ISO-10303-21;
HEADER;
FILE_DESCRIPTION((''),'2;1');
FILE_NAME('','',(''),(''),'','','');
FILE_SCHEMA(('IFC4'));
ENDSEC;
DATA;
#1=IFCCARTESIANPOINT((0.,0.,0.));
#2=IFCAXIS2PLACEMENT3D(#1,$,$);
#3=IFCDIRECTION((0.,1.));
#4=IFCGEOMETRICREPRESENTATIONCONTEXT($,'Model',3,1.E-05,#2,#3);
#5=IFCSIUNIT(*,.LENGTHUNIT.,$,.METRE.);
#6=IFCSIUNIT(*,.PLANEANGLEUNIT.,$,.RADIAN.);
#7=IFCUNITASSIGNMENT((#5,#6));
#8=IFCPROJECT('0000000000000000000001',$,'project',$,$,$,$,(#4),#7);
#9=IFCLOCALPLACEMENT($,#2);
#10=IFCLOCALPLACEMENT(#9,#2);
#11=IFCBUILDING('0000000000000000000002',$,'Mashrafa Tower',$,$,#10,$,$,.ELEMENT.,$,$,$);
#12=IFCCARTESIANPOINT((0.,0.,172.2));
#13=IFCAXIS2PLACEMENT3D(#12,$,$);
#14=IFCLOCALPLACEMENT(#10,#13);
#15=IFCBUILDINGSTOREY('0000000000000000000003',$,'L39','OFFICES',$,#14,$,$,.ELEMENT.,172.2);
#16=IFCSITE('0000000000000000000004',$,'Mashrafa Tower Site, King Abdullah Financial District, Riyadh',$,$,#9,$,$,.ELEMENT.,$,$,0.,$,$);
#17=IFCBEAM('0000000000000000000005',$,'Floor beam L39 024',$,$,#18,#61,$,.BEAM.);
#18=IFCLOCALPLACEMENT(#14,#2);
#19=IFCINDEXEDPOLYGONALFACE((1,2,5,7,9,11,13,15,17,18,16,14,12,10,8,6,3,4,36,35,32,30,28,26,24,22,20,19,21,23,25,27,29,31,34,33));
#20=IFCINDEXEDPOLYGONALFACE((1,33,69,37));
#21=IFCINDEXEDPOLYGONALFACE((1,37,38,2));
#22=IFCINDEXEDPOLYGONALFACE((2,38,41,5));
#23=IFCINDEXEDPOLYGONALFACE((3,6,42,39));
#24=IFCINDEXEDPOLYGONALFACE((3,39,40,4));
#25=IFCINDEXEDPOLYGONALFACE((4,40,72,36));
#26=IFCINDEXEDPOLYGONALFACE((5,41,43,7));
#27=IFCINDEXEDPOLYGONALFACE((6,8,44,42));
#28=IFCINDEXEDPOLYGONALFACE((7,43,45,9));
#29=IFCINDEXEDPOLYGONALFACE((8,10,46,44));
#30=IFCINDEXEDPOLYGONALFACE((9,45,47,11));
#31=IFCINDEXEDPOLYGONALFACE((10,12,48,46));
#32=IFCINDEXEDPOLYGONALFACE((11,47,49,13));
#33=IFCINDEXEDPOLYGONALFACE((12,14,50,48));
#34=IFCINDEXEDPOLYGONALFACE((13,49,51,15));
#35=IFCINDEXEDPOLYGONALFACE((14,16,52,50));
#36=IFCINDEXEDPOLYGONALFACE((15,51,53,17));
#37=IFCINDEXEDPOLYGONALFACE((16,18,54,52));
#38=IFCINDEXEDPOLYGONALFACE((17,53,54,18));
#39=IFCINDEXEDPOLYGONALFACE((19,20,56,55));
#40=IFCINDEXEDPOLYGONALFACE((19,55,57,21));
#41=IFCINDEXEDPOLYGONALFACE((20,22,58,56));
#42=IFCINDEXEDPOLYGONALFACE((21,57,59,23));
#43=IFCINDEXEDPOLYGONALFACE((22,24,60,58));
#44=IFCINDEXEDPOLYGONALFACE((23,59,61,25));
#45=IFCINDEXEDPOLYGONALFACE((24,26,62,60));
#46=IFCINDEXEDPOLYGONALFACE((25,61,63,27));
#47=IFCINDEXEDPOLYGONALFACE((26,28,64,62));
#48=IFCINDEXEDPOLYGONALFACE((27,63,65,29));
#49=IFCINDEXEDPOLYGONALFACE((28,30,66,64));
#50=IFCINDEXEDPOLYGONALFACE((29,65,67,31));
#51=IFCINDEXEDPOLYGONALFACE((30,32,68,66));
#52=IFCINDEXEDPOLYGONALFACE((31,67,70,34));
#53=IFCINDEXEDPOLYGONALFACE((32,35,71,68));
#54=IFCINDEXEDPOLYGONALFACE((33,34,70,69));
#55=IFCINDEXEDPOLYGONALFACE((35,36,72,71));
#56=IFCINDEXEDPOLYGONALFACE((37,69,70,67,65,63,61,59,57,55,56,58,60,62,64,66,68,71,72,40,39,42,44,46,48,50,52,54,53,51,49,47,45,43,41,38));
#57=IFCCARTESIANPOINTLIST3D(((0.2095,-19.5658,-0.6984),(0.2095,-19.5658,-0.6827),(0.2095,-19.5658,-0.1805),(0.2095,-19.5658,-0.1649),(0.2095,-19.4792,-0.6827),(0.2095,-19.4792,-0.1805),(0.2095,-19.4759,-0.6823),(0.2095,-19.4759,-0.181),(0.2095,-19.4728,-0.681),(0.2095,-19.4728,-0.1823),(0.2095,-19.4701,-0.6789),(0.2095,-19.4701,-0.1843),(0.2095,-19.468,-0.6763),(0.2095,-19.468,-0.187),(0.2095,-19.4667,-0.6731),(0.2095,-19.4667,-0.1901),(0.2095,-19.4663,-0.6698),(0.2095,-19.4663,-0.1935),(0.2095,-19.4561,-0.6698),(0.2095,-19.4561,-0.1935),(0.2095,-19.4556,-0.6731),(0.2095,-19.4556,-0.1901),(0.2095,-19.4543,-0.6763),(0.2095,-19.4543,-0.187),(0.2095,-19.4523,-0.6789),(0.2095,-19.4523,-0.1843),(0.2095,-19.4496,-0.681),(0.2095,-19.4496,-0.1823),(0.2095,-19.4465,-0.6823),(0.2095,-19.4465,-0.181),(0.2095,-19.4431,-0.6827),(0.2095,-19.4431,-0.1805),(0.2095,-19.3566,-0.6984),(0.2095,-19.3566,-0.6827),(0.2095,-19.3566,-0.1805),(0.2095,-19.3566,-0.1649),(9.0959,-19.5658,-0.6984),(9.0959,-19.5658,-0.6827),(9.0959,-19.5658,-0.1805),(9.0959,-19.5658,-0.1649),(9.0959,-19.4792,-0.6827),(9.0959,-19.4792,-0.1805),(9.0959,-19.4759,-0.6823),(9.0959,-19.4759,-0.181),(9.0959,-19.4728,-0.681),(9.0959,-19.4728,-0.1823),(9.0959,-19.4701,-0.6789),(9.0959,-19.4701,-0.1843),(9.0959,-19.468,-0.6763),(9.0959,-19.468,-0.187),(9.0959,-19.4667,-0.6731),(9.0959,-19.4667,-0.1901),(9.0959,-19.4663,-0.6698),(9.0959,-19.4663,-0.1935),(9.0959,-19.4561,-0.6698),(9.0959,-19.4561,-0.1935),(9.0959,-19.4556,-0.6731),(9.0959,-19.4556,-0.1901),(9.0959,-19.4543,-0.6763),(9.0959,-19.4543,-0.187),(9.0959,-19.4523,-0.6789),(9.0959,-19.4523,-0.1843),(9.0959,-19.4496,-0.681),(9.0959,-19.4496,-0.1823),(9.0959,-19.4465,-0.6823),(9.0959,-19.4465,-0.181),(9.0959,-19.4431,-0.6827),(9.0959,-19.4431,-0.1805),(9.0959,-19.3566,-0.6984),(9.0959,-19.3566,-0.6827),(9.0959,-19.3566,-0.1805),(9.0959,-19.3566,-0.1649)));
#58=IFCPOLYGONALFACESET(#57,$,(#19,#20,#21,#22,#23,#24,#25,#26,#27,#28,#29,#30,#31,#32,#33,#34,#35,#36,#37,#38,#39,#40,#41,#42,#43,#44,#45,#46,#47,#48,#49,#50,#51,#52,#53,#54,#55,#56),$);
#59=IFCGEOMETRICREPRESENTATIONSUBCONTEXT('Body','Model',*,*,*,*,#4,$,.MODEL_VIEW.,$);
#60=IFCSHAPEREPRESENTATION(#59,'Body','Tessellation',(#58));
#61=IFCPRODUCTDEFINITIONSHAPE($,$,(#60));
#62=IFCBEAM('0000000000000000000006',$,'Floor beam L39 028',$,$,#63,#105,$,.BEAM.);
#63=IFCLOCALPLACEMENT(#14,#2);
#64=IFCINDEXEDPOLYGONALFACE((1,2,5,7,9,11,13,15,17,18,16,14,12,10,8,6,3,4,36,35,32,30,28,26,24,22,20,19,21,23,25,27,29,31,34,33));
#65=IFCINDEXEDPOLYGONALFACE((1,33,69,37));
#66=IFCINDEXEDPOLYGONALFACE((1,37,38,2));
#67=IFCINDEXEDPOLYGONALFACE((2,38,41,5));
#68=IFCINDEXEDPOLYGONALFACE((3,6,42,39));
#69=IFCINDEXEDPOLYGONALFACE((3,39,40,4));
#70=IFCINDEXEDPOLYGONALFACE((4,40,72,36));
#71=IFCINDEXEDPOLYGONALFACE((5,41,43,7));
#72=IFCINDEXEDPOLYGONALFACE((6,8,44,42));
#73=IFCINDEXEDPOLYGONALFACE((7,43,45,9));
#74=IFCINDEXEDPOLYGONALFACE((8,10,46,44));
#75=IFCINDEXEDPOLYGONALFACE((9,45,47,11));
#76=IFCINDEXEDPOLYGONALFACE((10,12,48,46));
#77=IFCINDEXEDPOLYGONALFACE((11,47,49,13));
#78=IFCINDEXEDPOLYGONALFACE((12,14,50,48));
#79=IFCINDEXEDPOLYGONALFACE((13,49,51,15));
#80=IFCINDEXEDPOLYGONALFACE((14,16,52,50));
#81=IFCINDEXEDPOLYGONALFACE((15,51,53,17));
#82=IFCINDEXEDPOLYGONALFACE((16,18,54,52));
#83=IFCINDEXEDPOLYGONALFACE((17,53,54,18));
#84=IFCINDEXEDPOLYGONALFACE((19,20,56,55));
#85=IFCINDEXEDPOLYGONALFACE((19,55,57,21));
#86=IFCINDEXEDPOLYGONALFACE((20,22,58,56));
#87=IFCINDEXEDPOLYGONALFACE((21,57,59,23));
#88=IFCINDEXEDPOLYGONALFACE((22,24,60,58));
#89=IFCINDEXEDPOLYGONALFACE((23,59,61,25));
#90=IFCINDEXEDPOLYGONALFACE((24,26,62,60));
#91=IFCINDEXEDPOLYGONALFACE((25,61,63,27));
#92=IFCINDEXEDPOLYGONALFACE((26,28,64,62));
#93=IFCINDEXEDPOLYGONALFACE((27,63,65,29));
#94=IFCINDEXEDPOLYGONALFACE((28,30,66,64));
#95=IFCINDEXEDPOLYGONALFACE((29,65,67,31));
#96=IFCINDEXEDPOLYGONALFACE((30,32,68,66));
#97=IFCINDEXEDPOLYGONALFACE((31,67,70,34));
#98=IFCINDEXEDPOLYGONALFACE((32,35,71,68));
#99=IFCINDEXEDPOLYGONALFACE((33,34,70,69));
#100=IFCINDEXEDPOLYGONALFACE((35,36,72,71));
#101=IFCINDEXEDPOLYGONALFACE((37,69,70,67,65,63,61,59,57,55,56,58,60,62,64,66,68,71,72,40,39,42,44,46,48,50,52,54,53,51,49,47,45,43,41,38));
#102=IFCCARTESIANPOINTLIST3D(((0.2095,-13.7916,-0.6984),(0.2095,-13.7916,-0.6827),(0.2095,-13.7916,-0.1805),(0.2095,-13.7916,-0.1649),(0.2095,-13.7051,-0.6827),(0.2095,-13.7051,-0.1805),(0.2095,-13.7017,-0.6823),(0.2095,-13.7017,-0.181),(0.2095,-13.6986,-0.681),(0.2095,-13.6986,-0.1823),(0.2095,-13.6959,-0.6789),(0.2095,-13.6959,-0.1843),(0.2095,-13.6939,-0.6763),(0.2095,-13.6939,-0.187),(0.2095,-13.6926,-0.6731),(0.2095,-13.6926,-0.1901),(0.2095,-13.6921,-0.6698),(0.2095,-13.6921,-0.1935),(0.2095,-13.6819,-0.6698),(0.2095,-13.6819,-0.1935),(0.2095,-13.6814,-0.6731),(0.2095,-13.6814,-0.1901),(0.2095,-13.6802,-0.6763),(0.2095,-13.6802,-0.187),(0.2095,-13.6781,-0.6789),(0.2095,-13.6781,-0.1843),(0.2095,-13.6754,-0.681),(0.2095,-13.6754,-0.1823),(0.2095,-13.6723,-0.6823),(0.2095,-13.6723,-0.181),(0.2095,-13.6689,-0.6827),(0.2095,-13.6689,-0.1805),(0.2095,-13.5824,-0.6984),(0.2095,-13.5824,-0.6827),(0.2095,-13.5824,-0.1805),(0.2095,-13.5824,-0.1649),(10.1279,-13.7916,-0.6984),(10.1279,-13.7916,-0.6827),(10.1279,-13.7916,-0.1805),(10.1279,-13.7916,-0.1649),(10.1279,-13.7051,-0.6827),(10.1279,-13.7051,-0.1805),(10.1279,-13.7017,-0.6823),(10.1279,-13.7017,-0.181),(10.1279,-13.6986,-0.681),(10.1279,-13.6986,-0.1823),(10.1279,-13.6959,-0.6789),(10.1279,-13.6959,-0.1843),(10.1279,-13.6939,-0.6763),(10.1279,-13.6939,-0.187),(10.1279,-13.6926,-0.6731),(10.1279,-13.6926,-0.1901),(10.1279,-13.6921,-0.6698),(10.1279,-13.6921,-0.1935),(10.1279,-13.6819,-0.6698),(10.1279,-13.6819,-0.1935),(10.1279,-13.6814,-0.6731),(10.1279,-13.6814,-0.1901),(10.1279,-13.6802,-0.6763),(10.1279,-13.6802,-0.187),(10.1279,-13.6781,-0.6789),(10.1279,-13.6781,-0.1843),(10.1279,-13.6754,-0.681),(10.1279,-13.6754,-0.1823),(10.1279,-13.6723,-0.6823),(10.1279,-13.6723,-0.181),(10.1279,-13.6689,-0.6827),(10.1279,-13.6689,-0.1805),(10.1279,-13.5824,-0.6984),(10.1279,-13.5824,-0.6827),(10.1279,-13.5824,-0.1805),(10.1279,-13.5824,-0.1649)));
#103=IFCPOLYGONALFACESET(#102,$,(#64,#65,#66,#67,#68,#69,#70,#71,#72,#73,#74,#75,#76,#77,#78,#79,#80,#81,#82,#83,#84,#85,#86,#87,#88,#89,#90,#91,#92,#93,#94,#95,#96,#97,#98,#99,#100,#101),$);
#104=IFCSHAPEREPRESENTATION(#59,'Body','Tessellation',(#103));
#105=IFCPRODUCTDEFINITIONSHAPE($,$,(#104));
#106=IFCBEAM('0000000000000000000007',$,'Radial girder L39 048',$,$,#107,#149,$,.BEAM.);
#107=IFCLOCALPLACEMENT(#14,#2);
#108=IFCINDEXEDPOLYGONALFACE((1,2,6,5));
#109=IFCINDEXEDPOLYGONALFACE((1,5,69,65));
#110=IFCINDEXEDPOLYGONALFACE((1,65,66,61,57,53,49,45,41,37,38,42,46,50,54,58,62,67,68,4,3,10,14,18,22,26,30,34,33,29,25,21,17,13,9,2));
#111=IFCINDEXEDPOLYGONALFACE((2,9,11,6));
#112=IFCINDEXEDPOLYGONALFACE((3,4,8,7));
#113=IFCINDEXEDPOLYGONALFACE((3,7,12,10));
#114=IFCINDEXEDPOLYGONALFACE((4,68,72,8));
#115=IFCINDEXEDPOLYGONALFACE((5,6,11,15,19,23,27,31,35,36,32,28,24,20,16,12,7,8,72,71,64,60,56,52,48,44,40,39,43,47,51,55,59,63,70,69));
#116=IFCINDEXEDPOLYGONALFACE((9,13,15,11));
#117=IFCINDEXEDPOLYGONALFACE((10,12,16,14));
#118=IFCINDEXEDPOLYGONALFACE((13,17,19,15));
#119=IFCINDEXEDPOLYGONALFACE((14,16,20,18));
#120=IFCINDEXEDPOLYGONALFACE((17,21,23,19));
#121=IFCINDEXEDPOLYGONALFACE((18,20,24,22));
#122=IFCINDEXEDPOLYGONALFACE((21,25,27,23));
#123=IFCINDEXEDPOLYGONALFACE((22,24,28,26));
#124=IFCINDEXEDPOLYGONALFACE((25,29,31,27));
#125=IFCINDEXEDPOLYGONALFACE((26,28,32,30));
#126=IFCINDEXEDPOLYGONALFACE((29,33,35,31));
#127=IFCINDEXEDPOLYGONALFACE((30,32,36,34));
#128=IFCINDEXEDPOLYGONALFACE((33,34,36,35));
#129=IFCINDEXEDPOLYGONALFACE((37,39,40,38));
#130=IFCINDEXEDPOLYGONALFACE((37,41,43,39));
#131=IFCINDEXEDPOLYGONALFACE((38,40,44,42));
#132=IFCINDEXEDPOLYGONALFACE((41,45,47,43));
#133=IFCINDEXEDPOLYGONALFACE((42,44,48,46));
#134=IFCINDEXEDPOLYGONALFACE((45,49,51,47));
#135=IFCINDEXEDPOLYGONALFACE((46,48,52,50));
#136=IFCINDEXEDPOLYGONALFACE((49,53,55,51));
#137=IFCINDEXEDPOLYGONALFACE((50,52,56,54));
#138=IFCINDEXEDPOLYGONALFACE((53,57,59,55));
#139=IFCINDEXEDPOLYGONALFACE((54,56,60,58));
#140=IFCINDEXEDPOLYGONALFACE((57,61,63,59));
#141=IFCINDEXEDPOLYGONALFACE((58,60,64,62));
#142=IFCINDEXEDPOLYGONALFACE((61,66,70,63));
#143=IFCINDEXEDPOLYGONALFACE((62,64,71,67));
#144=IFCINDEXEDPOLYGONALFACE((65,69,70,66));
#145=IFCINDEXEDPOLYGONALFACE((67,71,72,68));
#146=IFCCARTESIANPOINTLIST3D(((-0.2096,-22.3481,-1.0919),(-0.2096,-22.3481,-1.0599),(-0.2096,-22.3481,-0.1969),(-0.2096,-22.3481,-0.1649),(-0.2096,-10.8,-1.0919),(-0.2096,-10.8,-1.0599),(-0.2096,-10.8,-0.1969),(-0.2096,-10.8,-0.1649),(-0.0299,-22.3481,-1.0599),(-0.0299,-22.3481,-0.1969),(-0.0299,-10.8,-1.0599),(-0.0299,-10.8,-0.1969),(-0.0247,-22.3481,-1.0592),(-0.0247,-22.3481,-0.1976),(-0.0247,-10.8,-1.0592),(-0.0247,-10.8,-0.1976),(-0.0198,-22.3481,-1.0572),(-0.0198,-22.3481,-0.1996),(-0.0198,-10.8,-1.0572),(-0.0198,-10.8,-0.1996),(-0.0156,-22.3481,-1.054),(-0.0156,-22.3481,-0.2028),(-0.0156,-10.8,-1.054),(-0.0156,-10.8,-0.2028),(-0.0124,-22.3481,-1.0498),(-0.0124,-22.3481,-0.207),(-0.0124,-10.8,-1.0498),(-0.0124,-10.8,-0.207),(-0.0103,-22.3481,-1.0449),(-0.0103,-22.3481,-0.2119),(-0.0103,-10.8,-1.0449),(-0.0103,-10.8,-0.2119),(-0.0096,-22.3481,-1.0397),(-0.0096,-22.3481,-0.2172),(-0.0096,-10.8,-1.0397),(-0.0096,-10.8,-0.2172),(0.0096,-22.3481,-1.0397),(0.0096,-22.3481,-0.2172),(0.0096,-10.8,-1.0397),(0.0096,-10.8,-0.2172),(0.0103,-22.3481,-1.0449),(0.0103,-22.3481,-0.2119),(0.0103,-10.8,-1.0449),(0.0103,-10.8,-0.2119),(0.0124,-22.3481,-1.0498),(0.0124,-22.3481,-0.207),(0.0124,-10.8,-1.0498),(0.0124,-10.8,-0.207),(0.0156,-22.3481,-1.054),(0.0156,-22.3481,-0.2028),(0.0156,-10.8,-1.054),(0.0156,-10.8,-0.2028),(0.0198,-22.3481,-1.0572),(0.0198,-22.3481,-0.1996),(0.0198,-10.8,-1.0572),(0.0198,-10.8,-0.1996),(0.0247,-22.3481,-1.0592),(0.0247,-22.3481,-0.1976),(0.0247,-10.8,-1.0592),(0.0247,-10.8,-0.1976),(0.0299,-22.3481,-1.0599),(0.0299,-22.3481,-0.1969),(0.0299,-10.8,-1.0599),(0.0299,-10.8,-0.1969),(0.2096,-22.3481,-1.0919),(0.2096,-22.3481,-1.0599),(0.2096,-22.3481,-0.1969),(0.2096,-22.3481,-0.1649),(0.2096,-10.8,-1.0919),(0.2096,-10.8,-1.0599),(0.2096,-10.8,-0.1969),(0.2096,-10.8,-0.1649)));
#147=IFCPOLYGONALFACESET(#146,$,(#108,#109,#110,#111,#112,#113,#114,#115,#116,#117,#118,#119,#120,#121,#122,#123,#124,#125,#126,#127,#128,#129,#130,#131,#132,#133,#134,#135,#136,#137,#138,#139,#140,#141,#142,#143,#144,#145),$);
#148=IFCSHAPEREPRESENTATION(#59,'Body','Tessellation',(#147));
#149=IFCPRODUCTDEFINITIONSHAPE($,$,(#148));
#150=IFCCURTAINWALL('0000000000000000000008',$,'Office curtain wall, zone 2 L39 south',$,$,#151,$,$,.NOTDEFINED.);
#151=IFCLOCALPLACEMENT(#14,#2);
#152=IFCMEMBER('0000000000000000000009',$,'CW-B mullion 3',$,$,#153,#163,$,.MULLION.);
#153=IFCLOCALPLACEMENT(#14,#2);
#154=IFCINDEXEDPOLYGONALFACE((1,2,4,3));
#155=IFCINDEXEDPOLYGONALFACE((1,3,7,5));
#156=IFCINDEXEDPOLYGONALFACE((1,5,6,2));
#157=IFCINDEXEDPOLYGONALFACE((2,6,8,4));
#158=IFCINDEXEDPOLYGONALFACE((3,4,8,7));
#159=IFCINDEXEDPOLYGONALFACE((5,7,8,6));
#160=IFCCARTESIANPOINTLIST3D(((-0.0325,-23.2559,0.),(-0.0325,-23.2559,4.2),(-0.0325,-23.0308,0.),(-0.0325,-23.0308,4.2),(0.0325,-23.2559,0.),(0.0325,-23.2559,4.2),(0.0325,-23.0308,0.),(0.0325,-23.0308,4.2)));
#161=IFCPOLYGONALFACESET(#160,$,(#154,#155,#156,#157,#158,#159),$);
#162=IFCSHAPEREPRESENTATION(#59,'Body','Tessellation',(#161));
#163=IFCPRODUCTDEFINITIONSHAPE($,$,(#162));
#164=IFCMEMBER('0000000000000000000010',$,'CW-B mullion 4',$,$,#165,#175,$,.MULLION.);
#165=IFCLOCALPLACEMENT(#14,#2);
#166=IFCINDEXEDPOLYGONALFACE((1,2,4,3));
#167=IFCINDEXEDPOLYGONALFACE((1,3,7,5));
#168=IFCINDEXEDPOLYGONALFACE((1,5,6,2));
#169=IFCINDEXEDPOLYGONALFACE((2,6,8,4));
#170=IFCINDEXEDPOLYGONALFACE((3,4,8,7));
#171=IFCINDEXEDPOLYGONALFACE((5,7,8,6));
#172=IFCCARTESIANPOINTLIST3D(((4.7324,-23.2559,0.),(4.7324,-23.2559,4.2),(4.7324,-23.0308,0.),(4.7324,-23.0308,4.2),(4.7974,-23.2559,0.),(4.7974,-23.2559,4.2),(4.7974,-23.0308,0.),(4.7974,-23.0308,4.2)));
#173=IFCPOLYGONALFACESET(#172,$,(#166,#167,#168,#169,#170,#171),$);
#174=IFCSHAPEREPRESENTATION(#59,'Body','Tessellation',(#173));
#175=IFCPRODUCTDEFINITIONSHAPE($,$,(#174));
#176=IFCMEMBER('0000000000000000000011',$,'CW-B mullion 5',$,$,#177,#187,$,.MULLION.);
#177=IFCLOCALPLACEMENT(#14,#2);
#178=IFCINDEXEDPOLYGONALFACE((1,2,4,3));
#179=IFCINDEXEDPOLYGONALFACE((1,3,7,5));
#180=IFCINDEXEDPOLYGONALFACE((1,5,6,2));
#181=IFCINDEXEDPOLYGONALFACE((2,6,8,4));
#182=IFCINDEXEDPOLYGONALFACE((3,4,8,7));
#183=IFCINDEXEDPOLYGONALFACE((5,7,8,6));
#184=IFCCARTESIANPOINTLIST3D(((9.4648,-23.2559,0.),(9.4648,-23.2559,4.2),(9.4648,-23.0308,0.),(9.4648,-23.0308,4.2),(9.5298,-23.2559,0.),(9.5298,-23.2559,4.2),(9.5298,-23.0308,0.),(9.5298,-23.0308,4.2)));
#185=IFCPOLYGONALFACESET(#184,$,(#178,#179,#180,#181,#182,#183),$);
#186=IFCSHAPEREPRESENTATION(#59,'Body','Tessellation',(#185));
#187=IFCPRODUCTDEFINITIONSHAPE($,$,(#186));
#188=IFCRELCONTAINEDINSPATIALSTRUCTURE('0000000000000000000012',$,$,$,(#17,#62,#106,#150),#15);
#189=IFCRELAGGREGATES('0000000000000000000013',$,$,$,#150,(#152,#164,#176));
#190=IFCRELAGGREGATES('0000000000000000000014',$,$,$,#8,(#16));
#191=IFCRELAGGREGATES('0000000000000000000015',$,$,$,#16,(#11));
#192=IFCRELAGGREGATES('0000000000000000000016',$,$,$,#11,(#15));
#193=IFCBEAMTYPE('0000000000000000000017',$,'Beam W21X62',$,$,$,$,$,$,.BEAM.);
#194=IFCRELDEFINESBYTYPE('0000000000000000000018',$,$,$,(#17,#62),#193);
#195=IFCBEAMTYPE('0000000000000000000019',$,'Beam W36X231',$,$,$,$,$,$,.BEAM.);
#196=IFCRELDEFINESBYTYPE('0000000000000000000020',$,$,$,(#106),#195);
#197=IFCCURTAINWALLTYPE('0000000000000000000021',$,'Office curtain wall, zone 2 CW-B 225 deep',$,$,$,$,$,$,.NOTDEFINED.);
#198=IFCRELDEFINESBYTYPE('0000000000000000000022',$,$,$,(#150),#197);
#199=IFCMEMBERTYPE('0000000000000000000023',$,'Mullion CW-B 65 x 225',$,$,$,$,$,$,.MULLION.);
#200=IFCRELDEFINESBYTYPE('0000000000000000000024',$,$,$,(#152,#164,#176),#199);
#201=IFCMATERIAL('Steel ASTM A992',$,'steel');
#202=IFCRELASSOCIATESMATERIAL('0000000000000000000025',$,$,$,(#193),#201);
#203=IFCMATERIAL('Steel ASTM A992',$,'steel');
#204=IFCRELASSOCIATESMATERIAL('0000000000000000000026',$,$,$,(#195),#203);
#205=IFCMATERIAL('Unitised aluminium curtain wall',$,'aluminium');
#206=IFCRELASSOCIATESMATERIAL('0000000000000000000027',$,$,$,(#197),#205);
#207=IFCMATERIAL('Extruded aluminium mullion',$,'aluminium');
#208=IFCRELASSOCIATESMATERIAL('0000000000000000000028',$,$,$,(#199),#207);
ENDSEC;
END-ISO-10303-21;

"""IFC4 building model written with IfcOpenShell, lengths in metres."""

from ifc_helpers import new_model, si_unit, direction, frame, origin, origin_2d, place, context, subcontext, project, spatial, rectangle, i_section, extrude, source, transform, mapped, material, material_profile, profile_set, type_object, type_shapes, element, aggregate, save


model = new_model("IFC4")

# Units and contexts
model_context = context("Model", 3, precision=1e-05, world=origin(), true_north=direction((0.0, 1.0)))
body_context = subcontext(model_context, "Body", "Model", "MODEL_VIEW")
ifc_project = project(units=[si_unit("LENGTHUNIT", "METRE"), si_unit("PLANEANGLEUNIT", "RADIAN")], contexts=[model_context])

# Site, building, storey
site_placement = place(None, origin())
site = spatial("IfcSite", under=ifc_project, at=site_placement, Name="Mashrafa Tower Site, King Abdullah Financial District, Riyadh", CompositionType="ELEMENT", RefElevation=0.0)
building_placement = place(site_placement, origin())
building = spatial("IfcBuilding", under=site, at=building_placement, Name="Mashrafa Tower", CompositionType="ELEMENT")
storey_placement = place(building_placement, frame((0.0, 0.0, 172.2)))
storey = spatial("IfcBuildingStorey", under=building, at=storey_placement, Name="L39", Description="OFFICES", CompositionType="ELEMENT", Elevation=172.2)

# Beams
ifc_material_1 = material(Name="Steel ASTM A992", Category="steel")
ifc_material_profile_1 = material_profile(ifc_material_1, i_section(OverallWidth=0.2092, OverallDepth=0.5334, WebThickness=0.0103, FlangeThickness=0.0156, FilletRadius=0.0129, at=origin_2d()), Name="W21X62")
ifc_profile_set_1 = profile_set([ifc_material_profile_1], Name="Steel ASTM A992")
beam_type_1 = type_object("IfcBeamType", Name="Beam W21X62", PredefinedType="BEAM", material=ifc_profile_set_1)
beam_1_placement = place(storey_placement, frame((9.0959, -19.4612, -0.4316), z_axis=(-1.0, 0.0, 0.0), x_axis=(0.0, -1.0, 0.0)))
element("IfcBeam", 1, at=beam_1_placement, inside=storey, type_object=beam_type_1, Name="Floor beam L39 024", PredefinedType="BEAM", context=body_context, shape_type="SweptSolid", body=[
    extrude(i_section(OverallWidth=0.2092, OverallDepth=0.5334, WebThickness=0.0103, FlangeThickness=0.0156, FilletRadius=0.0129, at=origin_2d()), origin(), (0.0, 0.0, 1.0), 8.8865),
])
beam_2_placement = place(storey_placement, frame((10.1279, -13.687, -0.4316), z_axis=(-1.0, 0.0, 0.0), x_axis=(0.0, -1.0, 0.0)))
element("IfcBeam", 2, at=beam_2_placement, inside=storey, type_object=beam_type_1, Name="Floor beam L39 028", PredefinedType="BEAM", context=body_context, shape_type="SweptSolid", body=[
    extrude(i_section(OverallWidth=0.2092, OverallDepth=0.5334, WebThickness=0.0103, FlangeThickness=0.0156, FilletRadius=0.0129, at=origin_2d()), origin(), (0.0, 0.0, 1.0), 9.9185),
])
ifc_material_2 = material(Name="Steel ASTM A992", Category="steel")
ifc_material_profile_2 = material_profile(ifc_material_2, i_section(OverallWidth=0.4192, OverallDepth=0.927, WebThickness=0.0193, FlangeThickness=0.032, FilletRadius=0.0203, at=origin_2d()), Name="W36X231")
ifc_profile_set_2 = profile_set([ifc_material_profile_2], Name="Steel ASTM A992")
beam_type_2 = type_object("IfcBeamType", Name="Beam W36X231", PredefinedType="BEAM", material=ifc_profile_set_2)
beam_3_placement = place(storey_placement, frame((0.0, -10.8, -0.6284), z_axis=(0.0, -1.0, 0.0), x_axis=(1.0, 0.0, 0.0)))
element("IfcBeam", 3, at=beam_3_placement, inside=storey, type_object=beam_type_2, Name="Radial girder L39 048", PredefinedType="BEAM", context=body_context, shape_type="SweptSolid", body=[
    extrude(i_section(OverallWidth=0.4192, OverallDepth=0.927, WebThickness=0.0193, FlangeThickness=0.032, FilletRadius=0.0203, at=origin_2d()), origin(), (0.0, 0.0, 1.0), 11.5481),
])

# Curtain wall, members
ifc_material_3 = material(Name="Unitised aluminium curtain wall", Category="aluminium")
curtain_wall_type = type_object("IfcCurtainWallType", Name="Office curtain wall, zone 2 CW-B 225 deep", PredefinedType="NOTDEFINED", material=ifc_material_3)
curtain_wall_1_placement = place(storey_placement, origin())
curtain_wall_1 = element("IfcCurtainWall", 4, at=curtain_wall_1_placement, inside=storey, type_object=curtain_wall_type, Name="Office curtain wall, zone 2 L39 south", PredefinedType="NOTDEFINED")
ifc_material_4 = material(Name="Extruded aluminium mullion", Category="aluminium")
ifc_material_profile_3 = material_profile(ifc_material_4, rectangle(XDim=0.2251, YDim=0.0649, at=origin_2d()), Name="Mullion 65x225")
ifc_profile_set_3 = profile_set([ifc_material_profile_3], Name="Extruded aluminium mullion")
member_type_1 = type_object("IfcMemberType", Name="Mullion CW-B 65 x 225", PredefinedType="MULLION", material=ifc_profile_set_3)
shared_shape_1 = source(origin(), body_context, "Body", "SweptSolid", [
    extrude(rectangle(XDim=0.2251, YDim=0.0649, at=origin_2d()), origin(), (0.0, 0.0, 1.0), 4.2),
])
type_shapes(member_type_1, [shared_shape_1])
member_1_placement = place(storey_placement, frame((0.0, -23.1433, 0.0), z_axis=(0.0, 0.0, 1.0), x_axis=(0.0, 1.0, 0.0)))
member_1 = element("IfcMember", 5, at=member_1_placement, type_object=member_type_1, Name="CW-B mullion 3", PredefinedType="MULLION", context=body_context, shape_type="MappedRepresentation", body=[
    mapped(shared_shape_1, transform((0.0, 0.0, 0.0))),
])
member_2_placement = place(storey_placement, frame((4.7649, -23.1433, 0.0), z_axis=(0.0, 0.0, 1.0), x_axis=(0.0, 1.0, 0.0)))
member_2 = element("IfcMember", 6, at=member_2_placement, type_object=member_type_1, Name="CW-B mullion 4", PredefinedType="MULLION", context=body_context, shape_type="MappedRepresentation", body=[
    mapped(shared_shape_1, transform((0.0, 0.0, 0.0))),
])
member_3_placement = place(storey_placement, frame((9.4973, -23.1433, 0.0), z_axis=(0.0, 0.0, 1.0), x_axis=(0.0, 1.0, 0.0)))
member_3 = element("IfcMember", 7, at=member_3_placement, type_object=member_type_1, Name="CW-B mullion 5", PredefinedType="MULLION", context=body_context, shape_type="MappedRepresentation", body=[
    mapped(shared_shape_1, transform((0.0, 0.0, 0.0))),
])

aggregate(curtain_wall_1, [member_1, member_2, member_3])

save(model, "model.ifc")
